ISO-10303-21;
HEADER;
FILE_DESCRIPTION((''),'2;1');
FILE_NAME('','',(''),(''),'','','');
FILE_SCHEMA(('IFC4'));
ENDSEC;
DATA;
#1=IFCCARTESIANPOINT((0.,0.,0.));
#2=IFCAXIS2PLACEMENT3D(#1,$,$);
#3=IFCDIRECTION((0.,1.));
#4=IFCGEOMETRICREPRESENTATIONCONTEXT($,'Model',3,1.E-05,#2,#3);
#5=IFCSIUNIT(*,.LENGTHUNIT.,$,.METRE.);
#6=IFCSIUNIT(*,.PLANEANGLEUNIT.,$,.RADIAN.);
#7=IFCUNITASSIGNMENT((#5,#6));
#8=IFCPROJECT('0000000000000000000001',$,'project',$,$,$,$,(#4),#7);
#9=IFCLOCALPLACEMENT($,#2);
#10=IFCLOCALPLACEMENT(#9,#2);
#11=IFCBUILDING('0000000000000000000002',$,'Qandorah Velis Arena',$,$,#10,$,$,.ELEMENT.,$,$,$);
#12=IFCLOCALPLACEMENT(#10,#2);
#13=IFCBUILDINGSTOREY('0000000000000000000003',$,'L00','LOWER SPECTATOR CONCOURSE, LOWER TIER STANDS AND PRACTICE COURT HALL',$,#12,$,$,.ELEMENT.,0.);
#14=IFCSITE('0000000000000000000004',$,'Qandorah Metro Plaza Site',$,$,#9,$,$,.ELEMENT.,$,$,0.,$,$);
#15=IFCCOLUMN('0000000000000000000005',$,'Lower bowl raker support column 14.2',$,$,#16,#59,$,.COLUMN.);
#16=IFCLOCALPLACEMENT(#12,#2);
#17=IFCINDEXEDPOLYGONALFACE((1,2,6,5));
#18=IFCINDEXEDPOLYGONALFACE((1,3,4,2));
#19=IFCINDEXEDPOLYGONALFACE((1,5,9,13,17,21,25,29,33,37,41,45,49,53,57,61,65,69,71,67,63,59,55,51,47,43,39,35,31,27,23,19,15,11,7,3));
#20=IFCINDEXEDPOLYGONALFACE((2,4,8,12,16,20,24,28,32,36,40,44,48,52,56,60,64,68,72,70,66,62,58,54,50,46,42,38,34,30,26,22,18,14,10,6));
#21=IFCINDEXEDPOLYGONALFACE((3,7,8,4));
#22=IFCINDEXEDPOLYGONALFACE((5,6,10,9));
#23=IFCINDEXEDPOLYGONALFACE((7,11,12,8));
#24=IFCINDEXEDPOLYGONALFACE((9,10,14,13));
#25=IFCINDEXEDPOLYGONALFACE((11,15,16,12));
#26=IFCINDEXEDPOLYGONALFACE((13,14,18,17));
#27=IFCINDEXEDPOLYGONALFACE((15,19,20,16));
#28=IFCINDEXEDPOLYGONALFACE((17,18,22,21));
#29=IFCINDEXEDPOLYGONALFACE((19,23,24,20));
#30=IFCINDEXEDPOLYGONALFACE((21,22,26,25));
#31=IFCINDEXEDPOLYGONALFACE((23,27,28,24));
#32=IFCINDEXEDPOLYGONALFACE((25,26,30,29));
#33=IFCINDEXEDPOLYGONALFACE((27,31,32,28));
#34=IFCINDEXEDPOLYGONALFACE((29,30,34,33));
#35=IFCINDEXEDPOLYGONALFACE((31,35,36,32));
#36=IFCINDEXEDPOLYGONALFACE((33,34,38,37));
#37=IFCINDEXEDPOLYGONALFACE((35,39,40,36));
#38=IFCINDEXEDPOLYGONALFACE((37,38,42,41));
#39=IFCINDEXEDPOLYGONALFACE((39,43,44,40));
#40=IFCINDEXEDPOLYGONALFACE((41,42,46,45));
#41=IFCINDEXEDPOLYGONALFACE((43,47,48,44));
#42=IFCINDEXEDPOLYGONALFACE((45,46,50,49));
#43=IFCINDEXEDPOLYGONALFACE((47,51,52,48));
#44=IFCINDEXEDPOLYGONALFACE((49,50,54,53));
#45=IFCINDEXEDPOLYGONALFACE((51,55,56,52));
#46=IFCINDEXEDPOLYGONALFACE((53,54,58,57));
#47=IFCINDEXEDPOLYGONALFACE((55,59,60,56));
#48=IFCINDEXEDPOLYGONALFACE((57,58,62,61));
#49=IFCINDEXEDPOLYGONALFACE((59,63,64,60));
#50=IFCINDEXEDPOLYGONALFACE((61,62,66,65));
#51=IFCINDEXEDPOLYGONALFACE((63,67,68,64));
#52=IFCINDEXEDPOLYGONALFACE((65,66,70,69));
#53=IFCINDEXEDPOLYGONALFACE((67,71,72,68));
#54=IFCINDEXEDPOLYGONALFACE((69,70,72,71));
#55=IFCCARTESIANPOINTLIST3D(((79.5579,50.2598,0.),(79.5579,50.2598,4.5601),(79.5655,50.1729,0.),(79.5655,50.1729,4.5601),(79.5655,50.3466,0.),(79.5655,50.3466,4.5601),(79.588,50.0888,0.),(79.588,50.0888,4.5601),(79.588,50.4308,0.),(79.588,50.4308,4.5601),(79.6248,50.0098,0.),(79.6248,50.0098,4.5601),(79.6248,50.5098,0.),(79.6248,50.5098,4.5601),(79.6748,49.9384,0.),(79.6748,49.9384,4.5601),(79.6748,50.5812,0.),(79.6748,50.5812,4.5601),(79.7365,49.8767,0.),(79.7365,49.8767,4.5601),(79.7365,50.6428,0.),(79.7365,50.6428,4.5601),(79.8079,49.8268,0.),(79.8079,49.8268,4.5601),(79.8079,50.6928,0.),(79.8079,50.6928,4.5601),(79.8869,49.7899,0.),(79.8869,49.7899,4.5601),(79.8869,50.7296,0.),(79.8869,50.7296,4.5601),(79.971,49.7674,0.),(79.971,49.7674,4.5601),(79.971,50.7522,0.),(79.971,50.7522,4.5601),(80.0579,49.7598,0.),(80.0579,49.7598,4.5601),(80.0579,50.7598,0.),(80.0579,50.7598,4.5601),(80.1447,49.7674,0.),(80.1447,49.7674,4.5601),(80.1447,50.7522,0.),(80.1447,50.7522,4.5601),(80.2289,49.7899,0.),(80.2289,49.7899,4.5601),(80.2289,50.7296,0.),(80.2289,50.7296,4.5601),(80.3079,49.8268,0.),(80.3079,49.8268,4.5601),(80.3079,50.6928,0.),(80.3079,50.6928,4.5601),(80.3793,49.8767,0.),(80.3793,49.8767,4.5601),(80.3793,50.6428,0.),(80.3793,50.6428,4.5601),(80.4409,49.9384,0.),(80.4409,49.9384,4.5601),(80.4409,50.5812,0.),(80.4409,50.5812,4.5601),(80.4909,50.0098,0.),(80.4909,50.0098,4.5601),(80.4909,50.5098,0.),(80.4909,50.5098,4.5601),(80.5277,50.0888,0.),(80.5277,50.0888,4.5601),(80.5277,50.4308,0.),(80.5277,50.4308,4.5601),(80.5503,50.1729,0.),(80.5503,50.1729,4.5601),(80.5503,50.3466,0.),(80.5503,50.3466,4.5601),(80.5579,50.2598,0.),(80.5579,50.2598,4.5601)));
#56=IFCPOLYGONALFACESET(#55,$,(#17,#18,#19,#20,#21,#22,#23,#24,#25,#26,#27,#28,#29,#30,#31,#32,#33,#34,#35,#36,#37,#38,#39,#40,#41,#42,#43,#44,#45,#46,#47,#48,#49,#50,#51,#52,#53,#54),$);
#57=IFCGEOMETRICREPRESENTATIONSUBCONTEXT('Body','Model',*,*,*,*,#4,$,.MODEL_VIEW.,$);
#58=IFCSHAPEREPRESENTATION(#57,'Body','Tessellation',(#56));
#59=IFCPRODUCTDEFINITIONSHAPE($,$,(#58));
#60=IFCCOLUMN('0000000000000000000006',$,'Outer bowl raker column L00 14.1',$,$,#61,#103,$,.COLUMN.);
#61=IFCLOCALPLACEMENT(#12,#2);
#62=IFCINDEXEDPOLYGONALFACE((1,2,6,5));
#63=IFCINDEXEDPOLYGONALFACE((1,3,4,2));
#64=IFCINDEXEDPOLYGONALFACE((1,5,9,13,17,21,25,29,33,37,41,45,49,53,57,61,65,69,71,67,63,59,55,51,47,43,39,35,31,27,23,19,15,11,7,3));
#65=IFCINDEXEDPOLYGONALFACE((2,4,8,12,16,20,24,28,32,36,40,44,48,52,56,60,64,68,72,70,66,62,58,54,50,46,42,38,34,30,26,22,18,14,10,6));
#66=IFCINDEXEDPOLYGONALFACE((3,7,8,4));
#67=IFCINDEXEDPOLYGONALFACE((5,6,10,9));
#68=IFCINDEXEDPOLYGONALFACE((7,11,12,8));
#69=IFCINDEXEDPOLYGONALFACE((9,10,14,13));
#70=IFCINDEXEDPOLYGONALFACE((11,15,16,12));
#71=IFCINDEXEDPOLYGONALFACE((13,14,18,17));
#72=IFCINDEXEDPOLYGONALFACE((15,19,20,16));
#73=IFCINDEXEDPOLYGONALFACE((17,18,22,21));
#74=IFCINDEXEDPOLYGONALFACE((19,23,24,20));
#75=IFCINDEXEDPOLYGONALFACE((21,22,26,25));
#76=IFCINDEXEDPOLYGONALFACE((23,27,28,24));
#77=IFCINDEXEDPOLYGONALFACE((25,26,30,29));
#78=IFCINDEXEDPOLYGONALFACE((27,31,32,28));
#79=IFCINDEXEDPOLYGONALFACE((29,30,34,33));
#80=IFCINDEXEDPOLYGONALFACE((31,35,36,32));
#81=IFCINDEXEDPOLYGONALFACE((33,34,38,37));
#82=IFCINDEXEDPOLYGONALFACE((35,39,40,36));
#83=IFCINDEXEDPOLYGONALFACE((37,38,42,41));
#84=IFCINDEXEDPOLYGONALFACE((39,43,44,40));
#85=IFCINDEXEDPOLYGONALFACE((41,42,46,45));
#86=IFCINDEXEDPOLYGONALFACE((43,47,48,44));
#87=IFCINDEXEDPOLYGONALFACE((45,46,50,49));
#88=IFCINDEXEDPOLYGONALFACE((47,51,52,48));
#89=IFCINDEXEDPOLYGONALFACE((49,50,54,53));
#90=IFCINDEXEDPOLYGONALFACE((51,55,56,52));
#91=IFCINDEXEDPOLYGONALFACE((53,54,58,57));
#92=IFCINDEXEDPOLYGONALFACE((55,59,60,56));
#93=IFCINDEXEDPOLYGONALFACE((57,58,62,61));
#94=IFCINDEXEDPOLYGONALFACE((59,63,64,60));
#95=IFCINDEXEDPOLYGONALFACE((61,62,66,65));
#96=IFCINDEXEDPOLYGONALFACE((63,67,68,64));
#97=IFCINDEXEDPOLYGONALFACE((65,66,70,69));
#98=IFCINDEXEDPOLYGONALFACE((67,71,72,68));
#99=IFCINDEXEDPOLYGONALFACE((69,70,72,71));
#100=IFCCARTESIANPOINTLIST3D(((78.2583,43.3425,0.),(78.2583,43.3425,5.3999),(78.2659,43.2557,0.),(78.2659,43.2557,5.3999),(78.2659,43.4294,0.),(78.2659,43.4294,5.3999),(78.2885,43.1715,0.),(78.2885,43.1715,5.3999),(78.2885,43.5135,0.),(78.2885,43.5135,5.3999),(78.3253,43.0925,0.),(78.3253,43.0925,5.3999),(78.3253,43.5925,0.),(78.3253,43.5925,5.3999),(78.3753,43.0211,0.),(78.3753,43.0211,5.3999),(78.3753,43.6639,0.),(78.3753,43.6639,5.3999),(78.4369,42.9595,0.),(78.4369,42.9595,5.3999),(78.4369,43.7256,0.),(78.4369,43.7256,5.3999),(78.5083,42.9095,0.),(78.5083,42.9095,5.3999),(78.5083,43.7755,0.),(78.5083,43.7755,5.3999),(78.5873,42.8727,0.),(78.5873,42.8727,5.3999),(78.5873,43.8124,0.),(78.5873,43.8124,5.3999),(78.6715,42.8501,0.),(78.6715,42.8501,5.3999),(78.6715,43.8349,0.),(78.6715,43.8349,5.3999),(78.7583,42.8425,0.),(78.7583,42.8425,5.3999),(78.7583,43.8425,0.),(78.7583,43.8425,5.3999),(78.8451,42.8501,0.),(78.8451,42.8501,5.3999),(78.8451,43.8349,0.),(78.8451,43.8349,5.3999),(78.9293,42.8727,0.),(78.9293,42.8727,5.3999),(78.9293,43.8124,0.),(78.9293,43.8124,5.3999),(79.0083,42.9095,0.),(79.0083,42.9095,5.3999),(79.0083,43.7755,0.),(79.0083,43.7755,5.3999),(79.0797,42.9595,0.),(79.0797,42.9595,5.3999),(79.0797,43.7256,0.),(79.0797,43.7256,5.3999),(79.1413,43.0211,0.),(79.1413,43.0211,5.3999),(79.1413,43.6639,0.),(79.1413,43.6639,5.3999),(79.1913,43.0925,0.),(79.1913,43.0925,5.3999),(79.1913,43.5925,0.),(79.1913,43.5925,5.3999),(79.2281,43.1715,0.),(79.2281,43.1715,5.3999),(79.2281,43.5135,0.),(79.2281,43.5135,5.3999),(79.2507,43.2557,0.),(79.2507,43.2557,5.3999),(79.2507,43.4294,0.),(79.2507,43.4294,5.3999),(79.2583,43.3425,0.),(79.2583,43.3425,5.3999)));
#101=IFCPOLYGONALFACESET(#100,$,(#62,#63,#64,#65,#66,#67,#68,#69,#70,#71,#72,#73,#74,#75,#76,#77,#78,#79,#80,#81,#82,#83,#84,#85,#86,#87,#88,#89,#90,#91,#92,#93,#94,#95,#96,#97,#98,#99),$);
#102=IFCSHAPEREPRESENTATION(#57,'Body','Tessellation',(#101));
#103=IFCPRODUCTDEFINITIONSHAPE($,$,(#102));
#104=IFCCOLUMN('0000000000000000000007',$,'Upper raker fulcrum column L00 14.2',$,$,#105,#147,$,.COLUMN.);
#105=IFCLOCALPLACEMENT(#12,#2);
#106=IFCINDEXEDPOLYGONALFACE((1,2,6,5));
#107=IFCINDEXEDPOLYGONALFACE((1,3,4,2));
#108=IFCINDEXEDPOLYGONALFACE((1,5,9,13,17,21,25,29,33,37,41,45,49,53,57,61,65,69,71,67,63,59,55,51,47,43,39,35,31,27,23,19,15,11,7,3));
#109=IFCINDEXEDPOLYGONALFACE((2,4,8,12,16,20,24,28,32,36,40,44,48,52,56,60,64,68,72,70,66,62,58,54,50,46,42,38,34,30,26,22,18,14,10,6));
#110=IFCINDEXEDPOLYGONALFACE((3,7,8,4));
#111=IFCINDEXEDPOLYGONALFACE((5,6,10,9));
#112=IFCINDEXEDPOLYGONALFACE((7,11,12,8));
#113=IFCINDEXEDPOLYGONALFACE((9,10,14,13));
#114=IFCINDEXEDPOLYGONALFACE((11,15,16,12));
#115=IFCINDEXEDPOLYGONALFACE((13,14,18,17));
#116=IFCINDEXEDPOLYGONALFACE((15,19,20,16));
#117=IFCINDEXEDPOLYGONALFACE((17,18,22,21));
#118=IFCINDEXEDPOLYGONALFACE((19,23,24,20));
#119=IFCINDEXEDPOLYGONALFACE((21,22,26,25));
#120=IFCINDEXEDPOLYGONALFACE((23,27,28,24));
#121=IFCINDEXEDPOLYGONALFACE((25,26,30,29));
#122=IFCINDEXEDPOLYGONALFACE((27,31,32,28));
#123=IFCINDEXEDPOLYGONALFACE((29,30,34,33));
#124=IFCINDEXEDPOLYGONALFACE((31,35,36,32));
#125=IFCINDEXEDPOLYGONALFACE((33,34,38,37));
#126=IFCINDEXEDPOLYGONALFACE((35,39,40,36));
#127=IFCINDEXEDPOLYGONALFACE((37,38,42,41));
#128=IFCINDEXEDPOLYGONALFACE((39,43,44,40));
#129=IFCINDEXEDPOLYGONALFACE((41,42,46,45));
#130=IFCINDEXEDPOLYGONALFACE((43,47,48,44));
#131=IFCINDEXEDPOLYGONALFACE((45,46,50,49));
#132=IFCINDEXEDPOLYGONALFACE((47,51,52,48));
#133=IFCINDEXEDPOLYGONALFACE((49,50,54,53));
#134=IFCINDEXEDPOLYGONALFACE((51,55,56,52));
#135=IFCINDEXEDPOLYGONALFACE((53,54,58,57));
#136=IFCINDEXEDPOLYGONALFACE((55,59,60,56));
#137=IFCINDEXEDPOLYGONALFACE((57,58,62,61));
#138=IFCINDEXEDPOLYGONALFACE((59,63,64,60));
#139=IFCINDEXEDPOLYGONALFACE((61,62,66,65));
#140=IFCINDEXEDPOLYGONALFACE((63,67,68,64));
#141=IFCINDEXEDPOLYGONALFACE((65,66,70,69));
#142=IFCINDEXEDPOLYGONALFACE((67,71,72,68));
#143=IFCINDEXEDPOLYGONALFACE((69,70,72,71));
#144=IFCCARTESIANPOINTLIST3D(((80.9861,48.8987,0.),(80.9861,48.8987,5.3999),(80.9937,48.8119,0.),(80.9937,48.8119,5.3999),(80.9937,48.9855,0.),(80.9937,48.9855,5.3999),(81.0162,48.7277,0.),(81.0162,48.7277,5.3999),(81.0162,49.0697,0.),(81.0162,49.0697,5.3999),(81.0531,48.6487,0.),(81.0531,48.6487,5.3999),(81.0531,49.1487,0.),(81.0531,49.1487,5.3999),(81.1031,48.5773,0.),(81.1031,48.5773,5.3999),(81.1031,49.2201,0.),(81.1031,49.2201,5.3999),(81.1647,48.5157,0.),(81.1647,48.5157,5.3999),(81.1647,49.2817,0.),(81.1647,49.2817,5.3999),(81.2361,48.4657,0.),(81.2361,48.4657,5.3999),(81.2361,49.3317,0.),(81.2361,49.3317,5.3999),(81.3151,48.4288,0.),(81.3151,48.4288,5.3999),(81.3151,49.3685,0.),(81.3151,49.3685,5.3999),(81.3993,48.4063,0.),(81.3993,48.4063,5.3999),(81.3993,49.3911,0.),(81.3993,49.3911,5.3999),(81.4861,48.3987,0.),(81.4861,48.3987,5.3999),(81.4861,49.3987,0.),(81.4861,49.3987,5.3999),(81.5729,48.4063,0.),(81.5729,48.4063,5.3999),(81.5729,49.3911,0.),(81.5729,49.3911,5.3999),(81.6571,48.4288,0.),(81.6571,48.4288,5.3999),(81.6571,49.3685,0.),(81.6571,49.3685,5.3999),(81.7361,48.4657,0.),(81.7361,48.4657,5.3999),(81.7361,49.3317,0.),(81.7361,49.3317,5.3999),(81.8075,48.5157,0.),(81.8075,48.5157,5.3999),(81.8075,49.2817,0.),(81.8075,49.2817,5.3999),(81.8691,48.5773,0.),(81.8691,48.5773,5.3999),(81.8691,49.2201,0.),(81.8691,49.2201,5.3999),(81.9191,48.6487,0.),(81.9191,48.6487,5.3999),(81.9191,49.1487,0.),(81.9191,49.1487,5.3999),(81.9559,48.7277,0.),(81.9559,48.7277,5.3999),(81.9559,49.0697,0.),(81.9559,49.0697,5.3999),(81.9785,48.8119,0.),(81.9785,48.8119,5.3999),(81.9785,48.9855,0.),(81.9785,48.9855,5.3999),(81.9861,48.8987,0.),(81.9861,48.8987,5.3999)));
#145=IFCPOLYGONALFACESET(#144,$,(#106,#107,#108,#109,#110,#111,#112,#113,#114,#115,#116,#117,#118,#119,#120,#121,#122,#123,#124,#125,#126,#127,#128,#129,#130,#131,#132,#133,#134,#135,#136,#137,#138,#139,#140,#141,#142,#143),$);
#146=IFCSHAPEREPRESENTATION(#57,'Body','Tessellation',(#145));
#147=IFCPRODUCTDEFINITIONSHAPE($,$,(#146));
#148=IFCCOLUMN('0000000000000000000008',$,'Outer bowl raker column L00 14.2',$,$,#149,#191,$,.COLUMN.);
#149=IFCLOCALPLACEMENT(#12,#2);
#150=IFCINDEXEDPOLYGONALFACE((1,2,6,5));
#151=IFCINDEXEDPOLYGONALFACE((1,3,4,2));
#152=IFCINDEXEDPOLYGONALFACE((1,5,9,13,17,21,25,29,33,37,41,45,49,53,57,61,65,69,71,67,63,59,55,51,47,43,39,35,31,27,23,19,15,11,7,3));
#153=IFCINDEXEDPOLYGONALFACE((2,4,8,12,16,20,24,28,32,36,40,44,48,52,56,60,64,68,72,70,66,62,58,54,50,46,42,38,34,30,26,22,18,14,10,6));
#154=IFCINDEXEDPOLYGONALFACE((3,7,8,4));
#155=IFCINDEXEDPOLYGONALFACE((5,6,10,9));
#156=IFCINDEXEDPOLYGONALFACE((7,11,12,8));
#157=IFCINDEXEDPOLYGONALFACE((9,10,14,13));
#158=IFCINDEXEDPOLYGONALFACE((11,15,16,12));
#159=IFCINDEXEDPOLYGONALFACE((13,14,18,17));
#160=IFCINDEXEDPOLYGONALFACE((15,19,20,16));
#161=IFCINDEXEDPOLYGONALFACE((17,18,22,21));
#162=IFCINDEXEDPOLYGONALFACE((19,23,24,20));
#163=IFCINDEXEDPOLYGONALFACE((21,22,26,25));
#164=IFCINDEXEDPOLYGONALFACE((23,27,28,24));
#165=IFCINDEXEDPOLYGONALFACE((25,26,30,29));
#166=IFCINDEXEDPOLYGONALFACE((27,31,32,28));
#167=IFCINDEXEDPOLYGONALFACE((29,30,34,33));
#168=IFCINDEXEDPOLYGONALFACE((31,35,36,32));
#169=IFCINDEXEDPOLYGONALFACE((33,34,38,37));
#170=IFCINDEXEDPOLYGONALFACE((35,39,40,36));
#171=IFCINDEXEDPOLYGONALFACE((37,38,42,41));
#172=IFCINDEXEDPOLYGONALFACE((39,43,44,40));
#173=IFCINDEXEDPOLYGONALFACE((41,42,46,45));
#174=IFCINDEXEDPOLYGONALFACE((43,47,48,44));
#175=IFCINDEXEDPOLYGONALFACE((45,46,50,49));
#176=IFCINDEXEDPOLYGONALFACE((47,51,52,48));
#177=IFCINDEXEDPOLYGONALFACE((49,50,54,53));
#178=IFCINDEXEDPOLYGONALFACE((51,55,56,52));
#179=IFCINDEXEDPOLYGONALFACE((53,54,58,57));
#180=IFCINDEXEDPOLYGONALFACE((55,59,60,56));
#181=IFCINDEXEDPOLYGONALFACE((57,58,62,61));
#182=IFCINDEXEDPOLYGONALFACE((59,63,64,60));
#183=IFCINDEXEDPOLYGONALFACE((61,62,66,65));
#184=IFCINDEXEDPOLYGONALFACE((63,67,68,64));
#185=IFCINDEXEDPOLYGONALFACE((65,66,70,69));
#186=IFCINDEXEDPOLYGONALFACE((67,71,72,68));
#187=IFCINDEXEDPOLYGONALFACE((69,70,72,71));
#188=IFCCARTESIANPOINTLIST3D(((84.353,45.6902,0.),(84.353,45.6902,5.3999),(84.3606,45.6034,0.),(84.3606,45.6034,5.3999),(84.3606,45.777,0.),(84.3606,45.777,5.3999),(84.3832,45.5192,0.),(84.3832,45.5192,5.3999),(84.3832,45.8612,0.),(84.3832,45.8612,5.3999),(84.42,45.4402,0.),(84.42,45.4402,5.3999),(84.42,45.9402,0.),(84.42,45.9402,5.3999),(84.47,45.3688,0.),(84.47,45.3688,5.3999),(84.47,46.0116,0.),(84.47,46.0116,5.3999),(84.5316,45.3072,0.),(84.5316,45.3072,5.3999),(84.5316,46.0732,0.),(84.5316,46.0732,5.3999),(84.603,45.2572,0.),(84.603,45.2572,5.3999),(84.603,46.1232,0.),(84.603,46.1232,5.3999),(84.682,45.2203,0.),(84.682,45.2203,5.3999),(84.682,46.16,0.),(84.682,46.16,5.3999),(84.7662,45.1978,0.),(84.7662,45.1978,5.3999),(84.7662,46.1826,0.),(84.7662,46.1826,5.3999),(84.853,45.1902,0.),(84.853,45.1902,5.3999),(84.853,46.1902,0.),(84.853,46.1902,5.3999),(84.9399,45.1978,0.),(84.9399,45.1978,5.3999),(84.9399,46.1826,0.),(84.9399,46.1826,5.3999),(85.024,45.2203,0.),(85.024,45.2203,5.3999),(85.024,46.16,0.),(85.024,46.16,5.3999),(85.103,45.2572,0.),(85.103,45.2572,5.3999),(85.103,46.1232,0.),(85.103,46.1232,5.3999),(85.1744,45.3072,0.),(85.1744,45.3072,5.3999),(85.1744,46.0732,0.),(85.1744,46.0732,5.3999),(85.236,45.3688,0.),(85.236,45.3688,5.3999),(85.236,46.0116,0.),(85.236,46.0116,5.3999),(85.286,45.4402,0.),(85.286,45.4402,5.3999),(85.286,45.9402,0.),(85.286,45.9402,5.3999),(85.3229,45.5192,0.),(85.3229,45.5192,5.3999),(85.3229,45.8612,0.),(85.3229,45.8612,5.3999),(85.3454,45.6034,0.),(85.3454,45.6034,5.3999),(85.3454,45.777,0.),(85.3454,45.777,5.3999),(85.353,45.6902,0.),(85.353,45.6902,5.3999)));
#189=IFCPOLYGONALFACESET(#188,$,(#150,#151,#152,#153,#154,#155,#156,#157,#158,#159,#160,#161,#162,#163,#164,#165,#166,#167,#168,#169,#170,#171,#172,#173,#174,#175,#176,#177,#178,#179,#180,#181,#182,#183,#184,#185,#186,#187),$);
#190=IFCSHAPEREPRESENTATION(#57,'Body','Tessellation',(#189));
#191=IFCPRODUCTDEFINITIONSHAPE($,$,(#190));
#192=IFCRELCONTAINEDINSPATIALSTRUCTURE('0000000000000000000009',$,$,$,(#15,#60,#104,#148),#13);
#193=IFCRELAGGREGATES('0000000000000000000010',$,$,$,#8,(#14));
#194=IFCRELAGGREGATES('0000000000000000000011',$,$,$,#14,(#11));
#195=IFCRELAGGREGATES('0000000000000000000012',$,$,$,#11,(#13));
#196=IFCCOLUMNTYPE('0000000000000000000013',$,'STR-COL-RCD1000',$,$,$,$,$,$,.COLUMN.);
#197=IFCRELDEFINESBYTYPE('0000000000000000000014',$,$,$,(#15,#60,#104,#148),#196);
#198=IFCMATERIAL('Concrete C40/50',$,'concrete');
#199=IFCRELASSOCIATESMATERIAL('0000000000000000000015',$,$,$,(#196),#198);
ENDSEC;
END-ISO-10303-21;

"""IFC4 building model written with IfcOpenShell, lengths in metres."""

from ifc_helpers import new_model, si_unit, direction, frame, origin, origin_2d, place, context, subcontext, project, spatial, circle, extrude, material, material_profile, profile_set, type_object, element, save


model = new_model("IFC4")

# Units and contexts
model_context = context("Model", 3, precision=1e-05, world=origin(), true_north=direction((0.0, 1.0)))
body_context = subcontext(model_context, "Body", "Model", "MODEL_VIEW")
ifc_project = project(units=[si_unit("LENGTHUNIT", "METRE"), si_unit("PLANEANGLEUNIT", "RADIAN")], contexts=[model_context])

# Site, building, storey
site_placement = place(None, origin())
site = spatial("IfcSite", under=ifc_project, at=site_placement, Name="Qandorah Metro Plaza Site", CompositionType="ELEMENT", RefElevation=0.0)
building_placement = place(site_placement, origin())
building = spatial("IfcBuilding", under=site, at=building_placement, Name="Qandorah Velis Arena", CompositionType="ELEMENT")
storey_placement = place(building_placement, origin())
storey = spatial("IfcBuildingStorey", under=building, at=storey_placement, Name="L00", Description="LOWER SPECTATOR CONCOURSE, LOWER TIER STANDS AND PRACTICE COURT HALL", CompositionType="ELEMENT", Elevation=0.0)

# Columns
ifc_material_1 = material(Name="Concrete C40/50", Category="concrete")
ifc_material_profile_1 = material_profile(ifc_material_1, circle(Radius=0.5, at=origin_2d()), Name="RC D1000")
ifc_profile_set_1 = profile_set([ifc_material_profile_1], Name="Concrete C40/50")
column_type_1 = type_object("IfcColumnType", Name="STR-COL-RCD1000", PredefinedType="COLUMN", material=ifc_profile_set_1)
column_1_placement = place(storey_placement, frame((80.0579, 50.2598, 0.0), z_axis=(0.0, 0.0, 1.0), x_axis=(1.0, 0.0, 0.0)))
element("IfcColumn", 1, at=column_1_placement, inside=storey, type_object=column_type_1, Name="Lower bowl raker support column 14.2", PredefinedType="COLUMN", context=body_context, shape_type="SweptSolid", body=[
    extrude(circle(Radius=0.5, at=origin_2d()), origin(), (0.0, 0.0, 1.0), 4.5601),
])
for number, where, z_axis, x_axis, name in (
    (2, (78.7583, 43.3425, 0.0), (0.0, 0.0, 1.0), (1.0, 0.0, 0.0), "Outer bowl raker column L00 14.1"),
    (3, (81.4861, 48.8987, 0.0), (0.0, 0.0, 1.0), (1.0, 0.0, 0.0), "Upper raker fulcrum column L00 14.2"),
    (4, (84.853, 45.6902, 0.0), (0.0, 0.0, 1.0), (1.0, 0.0, 0.0), "Outer bowl raker column L00 14.2"),
):
    element("IfcColumn", number, at=place(storey_placement, frame(where, z_axis=z_axis, x_axis=x_axis)), inside=storey, type_object=column_type_1, Name=name, PredefinedType="COLUMN", context=body_context, shape_type="SweptSolid", body=[
        extrude(circle(Radius=0.5, at=origin_2d()), origin(), (0.0, 0.0, 1.0), 5.3999),
    ])

save(model, "model.ifc")
